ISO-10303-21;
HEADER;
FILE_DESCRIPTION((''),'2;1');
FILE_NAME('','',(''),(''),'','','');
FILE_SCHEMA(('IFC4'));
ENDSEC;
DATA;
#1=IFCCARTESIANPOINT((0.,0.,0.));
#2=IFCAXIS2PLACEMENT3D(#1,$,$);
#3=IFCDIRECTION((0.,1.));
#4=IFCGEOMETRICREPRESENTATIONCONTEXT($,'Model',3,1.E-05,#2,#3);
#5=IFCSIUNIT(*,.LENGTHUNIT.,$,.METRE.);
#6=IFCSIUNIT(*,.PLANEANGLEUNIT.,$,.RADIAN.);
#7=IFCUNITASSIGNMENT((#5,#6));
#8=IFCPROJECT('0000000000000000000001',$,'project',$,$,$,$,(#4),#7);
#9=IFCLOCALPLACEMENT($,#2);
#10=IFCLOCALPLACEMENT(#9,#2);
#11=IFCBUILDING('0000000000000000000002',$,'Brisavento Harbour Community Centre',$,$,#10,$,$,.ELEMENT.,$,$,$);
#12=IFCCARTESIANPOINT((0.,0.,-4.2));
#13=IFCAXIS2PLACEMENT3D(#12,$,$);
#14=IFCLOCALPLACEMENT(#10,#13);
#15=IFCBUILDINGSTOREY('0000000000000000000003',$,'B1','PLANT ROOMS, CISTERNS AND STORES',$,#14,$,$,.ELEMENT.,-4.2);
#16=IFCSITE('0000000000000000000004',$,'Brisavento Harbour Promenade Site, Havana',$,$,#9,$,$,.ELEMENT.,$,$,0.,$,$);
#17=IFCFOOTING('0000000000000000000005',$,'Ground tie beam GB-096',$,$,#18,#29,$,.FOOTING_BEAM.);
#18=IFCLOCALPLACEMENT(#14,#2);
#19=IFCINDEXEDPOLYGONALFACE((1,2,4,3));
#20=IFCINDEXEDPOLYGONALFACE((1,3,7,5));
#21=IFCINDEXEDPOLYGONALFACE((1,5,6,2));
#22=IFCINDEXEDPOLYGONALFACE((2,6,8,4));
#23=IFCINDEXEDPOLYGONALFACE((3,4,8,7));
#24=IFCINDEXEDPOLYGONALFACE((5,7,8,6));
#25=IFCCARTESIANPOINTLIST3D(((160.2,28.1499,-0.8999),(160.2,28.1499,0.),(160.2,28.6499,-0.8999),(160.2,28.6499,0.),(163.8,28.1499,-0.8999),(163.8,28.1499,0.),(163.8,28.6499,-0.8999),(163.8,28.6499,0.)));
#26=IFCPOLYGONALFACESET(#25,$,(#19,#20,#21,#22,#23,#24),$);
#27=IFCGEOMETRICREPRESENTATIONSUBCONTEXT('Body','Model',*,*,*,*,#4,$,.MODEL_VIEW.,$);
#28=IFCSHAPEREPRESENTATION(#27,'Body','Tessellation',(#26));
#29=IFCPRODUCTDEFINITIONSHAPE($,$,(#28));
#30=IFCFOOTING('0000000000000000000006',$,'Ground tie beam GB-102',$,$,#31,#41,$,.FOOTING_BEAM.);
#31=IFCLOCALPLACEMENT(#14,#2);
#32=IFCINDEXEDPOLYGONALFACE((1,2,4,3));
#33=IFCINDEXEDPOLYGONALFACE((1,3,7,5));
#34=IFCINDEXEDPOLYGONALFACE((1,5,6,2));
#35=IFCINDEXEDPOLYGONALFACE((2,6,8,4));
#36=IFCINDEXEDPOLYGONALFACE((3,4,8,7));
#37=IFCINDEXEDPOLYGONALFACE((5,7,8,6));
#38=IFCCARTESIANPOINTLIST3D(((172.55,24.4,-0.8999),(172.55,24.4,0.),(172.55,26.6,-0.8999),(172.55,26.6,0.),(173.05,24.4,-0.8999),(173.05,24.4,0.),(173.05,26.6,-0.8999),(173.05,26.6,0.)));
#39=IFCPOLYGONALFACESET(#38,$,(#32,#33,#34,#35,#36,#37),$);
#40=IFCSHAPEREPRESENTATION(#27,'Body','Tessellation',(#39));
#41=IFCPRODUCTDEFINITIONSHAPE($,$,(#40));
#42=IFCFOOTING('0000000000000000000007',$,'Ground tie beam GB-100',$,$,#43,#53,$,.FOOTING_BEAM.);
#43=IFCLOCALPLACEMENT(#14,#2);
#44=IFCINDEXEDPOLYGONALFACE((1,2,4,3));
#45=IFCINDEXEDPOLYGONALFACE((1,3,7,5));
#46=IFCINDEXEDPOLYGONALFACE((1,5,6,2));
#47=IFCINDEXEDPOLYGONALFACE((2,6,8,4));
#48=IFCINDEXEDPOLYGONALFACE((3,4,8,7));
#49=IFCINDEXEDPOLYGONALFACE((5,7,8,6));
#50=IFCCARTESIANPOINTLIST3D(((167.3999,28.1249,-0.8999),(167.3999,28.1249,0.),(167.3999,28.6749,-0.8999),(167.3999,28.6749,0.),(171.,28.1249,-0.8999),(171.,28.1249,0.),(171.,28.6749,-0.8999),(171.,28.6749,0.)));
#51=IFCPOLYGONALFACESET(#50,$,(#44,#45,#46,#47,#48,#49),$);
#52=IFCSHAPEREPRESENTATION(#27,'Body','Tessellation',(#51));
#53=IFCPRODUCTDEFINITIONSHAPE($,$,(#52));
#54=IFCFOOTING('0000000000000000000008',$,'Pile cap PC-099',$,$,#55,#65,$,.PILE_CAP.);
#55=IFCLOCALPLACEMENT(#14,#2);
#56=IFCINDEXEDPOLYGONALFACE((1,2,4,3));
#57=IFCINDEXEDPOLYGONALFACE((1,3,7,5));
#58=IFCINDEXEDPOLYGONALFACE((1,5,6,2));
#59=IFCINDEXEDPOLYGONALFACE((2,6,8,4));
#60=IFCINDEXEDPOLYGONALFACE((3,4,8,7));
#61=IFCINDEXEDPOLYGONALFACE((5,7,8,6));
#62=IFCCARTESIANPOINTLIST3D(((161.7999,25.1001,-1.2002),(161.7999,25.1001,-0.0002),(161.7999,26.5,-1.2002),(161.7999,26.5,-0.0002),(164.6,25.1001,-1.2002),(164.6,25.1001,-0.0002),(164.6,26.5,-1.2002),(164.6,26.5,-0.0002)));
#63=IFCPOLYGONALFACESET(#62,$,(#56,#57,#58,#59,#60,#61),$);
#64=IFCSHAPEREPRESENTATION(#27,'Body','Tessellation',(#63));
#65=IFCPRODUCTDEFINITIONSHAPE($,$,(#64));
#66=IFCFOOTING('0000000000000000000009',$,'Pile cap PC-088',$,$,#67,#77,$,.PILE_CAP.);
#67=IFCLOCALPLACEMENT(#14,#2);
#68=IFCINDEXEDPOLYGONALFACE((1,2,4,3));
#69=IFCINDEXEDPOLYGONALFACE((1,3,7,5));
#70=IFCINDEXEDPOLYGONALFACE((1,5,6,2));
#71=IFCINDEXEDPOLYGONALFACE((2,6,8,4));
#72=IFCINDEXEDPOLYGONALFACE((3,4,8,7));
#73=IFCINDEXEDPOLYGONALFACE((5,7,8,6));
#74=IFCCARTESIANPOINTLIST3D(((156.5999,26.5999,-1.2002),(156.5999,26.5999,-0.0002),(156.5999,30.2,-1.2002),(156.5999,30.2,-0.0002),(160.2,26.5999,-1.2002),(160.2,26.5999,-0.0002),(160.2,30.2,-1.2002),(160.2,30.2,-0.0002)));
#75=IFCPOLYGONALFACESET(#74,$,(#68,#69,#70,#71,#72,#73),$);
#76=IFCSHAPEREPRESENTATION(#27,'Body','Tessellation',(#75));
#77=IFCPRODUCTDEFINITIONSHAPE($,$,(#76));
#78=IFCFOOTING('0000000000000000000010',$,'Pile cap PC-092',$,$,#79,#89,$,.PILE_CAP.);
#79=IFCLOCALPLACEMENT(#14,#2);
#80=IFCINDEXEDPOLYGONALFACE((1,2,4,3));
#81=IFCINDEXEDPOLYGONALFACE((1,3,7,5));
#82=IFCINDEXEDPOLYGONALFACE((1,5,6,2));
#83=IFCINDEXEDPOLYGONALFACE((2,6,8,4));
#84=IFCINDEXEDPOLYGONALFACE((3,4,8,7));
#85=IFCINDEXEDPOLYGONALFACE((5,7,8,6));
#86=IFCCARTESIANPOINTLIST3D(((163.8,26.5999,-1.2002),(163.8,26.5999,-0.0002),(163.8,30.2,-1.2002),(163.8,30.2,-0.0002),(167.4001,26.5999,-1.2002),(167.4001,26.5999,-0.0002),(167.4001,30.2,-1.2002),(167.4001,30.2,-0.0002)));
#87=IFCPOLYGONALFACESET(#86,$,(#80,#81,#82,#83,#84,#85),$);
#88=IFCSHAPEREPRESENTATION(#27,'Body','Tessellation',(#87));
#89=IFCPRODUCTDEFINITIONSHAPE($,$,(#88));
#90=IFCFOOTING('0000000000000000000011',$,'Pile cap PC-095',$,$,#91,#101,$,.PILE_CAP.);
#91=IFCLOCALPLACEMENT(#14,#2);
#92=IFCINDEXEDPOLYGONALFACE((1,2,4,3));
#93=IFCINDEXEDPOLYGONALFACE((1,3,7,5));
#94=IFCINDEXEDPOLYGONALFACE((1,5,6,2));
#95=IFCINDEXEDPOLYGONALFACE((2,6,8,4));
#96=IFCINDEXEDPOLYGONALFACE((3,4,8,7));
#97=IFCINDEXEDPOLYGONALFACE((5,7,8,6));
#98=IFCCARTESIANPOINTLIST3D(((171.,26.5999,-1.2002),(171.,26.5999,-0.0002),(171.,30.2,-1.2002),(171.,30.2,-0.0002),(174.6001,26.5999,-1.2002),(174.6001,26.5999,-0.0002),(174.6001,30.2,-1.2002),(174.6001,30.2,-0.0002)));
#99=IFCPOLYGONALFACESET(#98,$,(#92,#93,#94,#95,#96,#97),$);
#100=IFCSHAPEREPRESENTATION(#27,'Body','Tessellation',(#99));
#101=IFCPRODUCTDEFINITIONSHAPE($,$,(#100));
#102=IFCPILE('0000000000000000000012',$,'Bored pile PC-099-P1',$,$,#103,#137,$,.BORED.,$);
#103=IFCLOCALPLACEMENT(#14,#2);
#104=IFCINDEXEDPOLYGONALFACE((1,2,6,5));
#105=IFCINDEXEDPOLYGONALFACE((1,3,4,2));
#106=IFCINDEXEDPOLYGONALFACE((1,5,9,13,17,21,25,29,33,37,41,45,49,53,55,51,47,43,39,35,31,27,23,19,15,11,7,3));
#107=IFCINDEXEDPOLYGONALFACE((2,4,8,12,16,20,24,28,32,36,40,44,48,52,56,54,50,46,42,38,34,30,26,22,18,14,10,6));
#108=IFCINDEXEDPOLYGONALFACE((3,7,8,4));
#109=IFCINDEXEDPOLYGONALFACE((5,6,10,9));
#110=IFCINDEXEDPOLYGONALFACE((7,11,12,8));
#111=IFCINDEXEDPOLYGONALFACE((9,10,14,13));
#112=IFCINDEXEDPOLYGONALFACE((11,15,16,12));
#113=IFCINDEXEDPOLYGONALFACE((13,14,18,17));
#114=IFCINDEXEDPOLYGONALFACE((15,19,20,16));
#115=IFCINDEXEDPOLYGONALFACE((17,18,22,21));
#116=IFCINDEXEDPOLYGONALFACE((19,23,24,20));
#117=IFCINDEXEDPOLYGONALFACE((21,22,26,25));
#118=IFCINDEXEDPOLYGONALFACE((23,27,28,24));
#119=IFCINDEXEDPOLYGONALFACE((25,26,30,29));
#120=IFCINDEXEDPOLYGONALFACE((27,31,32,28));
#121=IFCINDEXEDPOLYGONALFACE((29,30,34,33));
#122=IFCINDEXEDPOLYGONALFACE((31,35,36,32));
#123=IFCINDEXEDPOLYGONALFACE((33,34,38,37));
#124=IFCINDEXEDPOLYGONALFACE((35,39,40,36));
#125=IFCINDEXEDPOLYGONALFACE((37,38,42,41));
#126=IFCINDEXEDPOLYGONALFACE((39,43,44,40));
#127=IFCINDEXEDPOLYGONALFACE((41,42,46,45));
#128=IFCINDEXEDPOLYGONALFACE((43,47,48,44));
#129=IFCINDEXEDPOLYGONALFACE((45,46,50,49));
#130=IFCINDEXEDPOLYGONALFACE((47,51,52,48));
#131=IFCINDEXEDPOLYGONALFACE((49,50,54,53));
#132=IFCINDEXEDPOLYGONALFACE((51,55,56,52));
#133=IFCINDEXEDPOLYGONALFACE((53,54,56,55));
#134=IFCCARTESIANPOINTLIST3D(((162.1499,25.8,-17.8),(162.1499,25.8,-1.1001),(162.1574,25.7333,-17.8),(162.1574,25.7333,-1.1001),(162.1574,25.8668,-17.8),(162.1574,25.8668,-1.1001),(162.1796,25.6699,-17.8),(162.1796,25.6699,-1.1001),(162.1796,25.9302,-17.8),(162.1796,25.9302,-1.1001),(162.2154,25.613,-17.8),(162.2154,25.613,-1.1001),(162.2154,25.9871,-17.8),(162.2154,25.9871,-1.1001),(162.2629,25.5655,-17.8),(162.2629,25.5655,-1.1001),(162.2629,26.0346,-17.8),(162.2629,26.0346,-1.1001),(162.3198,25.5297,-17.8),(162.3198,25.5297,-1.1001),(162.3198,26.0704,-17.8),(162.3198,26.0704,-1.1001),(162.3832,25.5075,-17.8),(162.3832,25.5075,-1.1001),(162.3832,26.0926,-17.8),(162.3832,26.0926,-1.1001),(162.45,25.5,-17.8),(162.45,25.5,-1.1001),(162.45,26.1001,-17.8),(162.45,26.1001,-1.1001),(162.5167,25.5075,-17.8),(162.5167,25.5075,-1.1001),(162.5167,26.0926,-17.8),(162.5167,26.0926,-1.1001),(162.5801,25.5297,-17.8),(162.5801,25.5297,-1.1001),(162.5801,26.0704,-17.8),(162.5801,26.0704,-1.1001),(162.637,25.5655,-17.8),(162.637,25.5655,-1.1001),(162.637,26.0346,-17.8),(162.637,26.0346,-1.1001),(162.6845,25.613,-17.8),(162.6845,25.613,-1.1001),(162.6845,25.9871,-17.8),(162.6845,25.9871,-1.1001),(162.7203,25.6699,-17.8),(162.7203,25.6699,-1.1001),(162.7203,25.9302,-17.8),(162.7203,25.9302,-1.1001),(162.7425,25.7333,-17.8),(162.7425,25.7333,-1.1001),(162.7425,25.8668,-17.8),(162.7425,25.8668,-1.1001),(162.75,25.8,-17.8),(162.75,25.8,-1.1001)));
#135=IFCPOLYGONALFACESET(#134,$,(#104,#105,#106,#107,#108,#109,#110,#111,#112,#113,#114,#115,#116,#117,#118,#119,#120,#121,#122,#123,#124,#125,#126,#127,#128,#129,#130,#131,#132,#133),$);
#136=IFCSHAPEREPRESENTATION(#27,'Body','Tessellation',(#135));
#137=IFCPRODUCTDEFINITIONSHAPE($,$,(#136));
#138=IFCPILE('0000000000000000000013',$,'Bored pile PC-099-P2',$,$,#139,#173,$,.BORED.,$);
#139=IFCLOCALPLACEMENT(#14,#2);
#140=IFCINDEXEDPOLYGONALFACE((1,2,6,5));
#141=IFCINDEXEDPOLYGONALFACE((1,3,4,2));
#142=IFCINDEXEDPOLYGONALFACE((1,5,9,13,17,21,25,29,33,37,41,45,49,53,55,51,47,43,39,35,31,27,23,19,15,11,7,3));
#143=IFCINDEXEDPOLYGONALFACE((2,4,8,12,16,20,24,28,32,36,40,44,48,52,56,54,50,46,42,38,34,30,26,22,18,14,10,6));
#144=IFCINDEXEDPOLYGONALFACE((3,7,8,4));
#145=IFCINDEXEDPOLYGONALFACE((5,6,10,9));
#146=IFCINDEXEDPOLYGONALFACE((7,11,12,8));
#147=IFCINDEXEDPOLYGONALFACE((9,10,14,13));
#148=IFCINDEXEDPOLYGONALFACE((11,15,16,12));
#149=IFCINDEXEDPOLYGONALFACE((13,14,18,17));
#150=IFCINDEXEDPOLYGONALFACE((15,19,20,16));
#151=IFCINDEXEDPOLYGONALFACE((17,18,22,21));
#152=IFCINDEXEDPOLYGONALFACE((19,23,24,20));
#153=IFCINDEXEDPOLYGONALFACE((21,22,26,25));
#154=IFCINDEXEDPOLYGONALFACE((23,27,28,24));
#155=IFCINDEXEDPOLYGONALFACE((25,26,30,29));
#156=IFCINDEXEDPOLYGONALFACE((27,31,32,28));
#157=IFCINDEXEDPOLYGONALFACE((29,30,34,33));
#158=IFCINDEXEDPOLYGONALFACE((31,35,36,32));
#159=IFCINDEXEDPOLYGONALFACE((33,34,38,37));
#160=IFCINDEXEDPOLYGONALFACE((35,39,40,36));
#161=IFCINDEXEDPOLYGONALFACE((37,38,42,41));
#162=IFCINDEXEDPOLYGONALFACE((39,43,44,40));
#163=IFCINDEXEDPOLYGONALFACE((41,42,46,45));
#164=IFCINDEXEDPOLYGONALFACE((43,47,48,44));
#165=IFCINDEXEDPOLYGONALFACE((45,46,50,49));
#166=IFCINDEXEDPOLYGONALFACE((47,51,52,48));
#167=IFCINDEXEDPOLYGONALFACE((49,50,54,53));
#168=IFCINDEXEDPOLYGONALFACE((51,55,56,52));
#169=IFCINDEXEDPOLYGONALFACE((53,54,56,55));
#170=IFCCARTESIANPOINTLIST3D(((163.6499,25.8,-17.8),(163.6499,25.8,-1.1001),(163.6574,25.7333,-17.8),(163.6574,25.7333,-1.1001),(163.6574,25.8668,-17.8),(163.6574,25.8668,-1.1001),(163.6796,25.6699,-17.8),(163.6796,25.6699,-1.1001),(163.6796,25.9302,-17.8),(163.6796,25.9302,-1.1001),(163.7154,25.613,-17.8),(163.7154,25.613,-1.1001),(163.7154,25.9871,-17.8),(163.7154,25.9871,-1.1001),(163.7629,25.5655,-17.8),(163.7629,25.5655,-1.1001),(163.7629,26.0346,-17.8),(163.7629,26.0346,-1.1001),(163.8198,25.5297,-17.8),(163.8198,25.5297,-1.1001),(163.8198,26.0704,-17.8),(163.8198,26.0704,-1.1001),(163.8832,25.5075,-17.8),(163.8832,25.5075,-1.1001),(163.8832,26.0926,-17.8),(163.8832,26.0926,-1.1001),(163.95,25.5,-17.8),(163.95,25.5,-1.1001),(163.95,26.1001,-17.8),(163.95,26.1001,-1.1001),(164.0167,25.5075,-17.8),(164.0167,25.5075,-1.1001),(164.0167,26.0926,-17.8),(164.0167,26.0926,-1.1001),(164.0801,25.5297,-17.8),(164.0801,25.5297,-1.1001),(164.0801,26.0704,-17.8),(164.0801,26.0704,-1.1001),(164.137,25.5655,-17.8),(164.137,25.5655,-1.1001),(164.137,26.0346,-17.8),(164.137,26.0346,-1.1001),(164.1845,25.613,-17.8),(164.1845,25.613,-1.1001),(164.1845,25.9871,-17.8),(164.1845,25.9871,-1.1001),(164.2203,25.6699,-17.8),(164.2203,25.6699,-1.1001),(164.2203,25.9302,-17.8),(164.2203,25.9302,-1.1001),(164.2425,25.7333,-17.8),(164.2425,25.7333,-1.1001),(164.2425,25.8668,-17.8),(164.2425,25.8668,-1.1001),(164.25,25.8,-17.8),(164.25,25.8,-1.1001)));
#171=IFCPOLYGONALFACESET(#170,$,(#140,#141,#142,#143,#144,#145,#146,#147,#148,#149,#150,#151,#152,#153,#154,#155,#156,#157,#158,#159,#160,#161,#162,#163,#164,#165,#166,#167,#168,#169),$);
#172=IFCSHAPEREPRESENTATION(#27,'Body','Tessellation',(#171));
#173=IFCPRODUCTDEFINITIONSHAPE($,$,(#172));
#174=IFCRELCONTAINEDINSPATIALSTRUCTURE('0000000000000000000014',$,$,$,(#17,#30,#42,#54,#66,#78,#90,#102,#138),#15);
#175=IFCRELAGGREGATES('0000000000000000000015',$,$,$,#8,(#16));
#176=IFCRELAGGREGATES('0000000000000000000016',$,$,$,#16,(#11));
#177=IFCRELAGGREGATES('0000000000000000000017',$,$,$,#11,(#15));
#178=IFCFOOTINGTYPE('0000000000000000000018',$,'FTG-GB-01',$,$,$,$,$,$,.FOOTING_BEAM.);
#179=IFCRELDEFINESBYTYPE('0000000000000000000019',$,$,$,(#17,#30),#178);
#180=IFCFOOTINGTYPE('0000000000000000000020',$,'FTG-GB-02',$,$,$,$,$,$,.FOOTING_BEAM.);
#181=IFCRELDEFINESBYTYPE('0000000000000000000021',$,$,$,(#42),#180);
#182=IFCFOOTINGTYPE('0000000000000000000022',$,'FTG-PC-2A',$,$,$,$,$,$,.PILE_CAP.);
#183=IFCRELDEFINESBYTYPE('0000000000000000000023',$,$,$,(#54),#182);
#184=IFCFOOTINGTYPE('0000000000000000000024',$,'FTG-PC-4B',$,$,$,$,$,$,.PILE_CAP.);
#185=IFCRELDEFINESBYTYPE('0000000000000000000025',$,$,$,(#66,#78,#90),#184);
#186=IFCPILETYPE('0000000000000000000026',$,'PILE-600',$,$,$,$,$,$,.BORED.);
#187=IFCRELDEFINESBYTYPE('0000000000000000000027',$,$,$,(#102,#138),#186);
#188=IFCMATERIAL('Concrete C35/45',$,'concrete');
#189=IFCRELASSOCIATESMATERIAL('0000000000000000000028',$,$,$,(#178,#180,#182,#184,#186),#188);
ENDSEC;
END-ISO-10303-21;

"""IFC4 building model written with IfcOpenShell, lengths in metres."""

from ifc_helpers import new_model, si_unit, direction, frame, origin, origin_2d, place, context, subcontext, project, spatial, rectangle, circle, extrude, material, material_profile, profile_set, type_object, element, save


model = new_model("IFC4")

# Units and contexts
model_context = context("Model", 3, precision=1e-05, world=origin(), true_north=direction((0.0, 1.0)))
body_context = subcontext(model_context, "Body", "Model", "MODEL_VIEW")
ifc_project = project(units=[si_unit("LENGTHUNIT", "METRE"), si_unit("PLANEANGLEUNIT", "RADIAN")], contexts=[model_context])

# Site, building, storey
site_placement = place(None, origin())
site = spatial("IfcSite", under=ifc_project, at=site_placement, Name="Brisavento Harbour Promenade Site, Havana", CompositionType="ELEMENT", RefElevation=0.0)
building_placement = place(site_placement, origin())
building = spatial("IfcBuilding", under=site, at=building_placement, Name="Brisavento Harbour Community Centre", CompositionType="ELEMENT")
storey_placement = place(building_placement, frame((0.0, 0.0, -4.2)))
storey = spatial("IfcBuildingStorey", under=building, at=storey_placement, Name="B1", Description="PLANT ROOMS, CISTERNS AND STORES", CompositionType="ELEMENT", Elevation=-4.2)

# Footings
ifc_material_1 = material(Name="Concrete C35/45", Category="concrete")
footing_type_1 = type_object("IfcFootingType", Name="FTG-GB-01", PredefinedType="FOOTING_BEAM", material=ifc_material_1)
footing_1_placement = place(storey_placement, frame((162.0, 28.3999, -0.8999), z_axis=(0.0, 0.0, 1.0), x_axis=(1.0, 0.0, 0.0)))
element("IfcFooting", 1, at=footing_1_placement, inside=storey, type_object=footing_type_1, Name="Ground tie beam GB-096", PredefinedType="FOOTING_BEAM", context=body_context, shape_type="SweptSolid", body=[
    extrude(rectangle(XDim=3.6001, YDim=0.5, at=origin_2d()), origin(), (0.0, 0.0, 1.0), 0.8999),
])
footing_2_placement = place(storey_placement, frame((172.8, 25.5, -0.8999), z_axis=(0.0, 0.0, 1.0), x_axis=(1.0, 0.0, 0.0)))
element("IfcFooting", 2, at=footing_2_placement, inside=storey, type_object=footing_type_1, Name="Ground tie beam GB-102", PredefinedType="FOOTING_BEAM", context=body_context, shape_type="SweptSolid", body=[
    extrude(rectangle(XDim=0.5, YDim=2.2, at=origin_2d()), origin(), (0.0, 0.0, 1.0), 0.8999),
])
footing_type_2 = type_object("IfcFootingType", Name="FTG-GB-02", PredefinedType="FOOTING_BEAM", material=ifc_material_1)
footing_3_placement = place(storey_placement, frame((169.2, 28.3999, -0.8999), z_axis=(0.0, 0.0, 1.0), x_axis=(1.0, 0.0, 0.0)))
element("IfcFooting", 3, at=footing_3_placement, inside=storey, type_object=footing_type_2, Name="Ground tie beam GB-100", PredefinedType="FOOTING_BEAM", context=body_context, shape_type="SweptSolid", body=[
    extrude(rectangle(XDim=3.6001, YDim=0.55, at=origin_2d()), origin(), (0.0, 0.0, 1.0), 0.8999),
])
footing_type_3 = type_object("IfcFootingType", Name="FTG-PC-2A", PredefinedType="PILE_CAP", material=ifc_material_1)
footing_4_placement = place(storey_placement, frame((163.2, 25.8, -1.2002), z_axis=(0.0, 0.0, 1.0), x_axis=(1.0, 0.0, 0.0)))
element("IfcFooting", 4, at=footing_4_placement, inside=storey, type_object=footing_type_3, Name="Pile cap PC-099", PredefinedType="PILE_CAP", context=body_context, shape_type="SweptSolid", body=[
    extrude(rectangle(XDim=2.8, YDim=1.3999, at=origin_2d()), origin(), (0.0, 0.0, 1.0), 1.2),
])
footing_type_4 = type_object("IfcFootingType", Name="FTG-PC-4B", PredefinedType="PILE_CAP", material=ifc_material_1)
for number, where, z_axis, x_axis, name in (
    (5, (158.3999, 28.3999, -1.2002), (0.0, 0.0, 1.0), (1.0, 0.0, 0.0), "Pile cap PC-088"),
    (6, (165.6001, 28.3999, -1.2002), (0.0, 0.0, 1.0), (1.0, 0.0, 0.0), "Pile cap PC-092"),
    (7, (172.8, 28.3999, -1.2002), (0.0, 0.0, 1.0), (1.0, 0.0, 0.0), "Pile cap PC-095"),
):
    element("IfcFooting", number, at=place(storey_placement, frame(where, z_axis=z_axis, x_axis=x_axis)), inside=storey, type_object=footing_type_4, Name=name, PredefinedType="PILE_CAP", context=body_context, shape_type="SweptSolid", body=[
        extrude(rectangle(XDim=3.6001, YDim=3.6001, at=origin_2d()), origin(), (0.0, 0.0, 1.0), 1.2),
    ])

# Piles
ifc_material_profile_1 = material_profile(ifc_material_1, circle(Radius=0.3, at=origin_2d()), Name="Concrete C35/45")
ifc_profile_set_1 = profile_set([ifc_material_profile_1], Name="Concrete C35/45")
pile_type_1 = type_object("IfcPileType", Name="PILE-600", PredefinedType="BORED", material=ifc_profile_set_1)
for number, where, z_axis, x_axis, name in (
    (8, (162.45, 25.8, -1.1001), (0.0, 0.0, -1.0), (1.0, 0.0, 0.0), "Bored pile PC-099-P1"),
    (9, (163.95, 25.8, -1.1001), (0.0, 0.0, -1.0), (1.0, 0.0, 0.0), "Bored pile PC-099-P2"),
):
    element("IfcPile", number, at=place(storey_placement, frame(where, z_axis=z_axis, x_axis=x_axis)), inside=storey, type_object=pile_type_1, Name=name, PredefinedType="BORED", context=body_context, shape_type="SweptSolid", body=[
        extrude(circle(Radius=0.3, at=origin_2d()), origin(), (0.0, 0.0, 1.0), 16.7),
    ])

save(model, "model.ifc")
